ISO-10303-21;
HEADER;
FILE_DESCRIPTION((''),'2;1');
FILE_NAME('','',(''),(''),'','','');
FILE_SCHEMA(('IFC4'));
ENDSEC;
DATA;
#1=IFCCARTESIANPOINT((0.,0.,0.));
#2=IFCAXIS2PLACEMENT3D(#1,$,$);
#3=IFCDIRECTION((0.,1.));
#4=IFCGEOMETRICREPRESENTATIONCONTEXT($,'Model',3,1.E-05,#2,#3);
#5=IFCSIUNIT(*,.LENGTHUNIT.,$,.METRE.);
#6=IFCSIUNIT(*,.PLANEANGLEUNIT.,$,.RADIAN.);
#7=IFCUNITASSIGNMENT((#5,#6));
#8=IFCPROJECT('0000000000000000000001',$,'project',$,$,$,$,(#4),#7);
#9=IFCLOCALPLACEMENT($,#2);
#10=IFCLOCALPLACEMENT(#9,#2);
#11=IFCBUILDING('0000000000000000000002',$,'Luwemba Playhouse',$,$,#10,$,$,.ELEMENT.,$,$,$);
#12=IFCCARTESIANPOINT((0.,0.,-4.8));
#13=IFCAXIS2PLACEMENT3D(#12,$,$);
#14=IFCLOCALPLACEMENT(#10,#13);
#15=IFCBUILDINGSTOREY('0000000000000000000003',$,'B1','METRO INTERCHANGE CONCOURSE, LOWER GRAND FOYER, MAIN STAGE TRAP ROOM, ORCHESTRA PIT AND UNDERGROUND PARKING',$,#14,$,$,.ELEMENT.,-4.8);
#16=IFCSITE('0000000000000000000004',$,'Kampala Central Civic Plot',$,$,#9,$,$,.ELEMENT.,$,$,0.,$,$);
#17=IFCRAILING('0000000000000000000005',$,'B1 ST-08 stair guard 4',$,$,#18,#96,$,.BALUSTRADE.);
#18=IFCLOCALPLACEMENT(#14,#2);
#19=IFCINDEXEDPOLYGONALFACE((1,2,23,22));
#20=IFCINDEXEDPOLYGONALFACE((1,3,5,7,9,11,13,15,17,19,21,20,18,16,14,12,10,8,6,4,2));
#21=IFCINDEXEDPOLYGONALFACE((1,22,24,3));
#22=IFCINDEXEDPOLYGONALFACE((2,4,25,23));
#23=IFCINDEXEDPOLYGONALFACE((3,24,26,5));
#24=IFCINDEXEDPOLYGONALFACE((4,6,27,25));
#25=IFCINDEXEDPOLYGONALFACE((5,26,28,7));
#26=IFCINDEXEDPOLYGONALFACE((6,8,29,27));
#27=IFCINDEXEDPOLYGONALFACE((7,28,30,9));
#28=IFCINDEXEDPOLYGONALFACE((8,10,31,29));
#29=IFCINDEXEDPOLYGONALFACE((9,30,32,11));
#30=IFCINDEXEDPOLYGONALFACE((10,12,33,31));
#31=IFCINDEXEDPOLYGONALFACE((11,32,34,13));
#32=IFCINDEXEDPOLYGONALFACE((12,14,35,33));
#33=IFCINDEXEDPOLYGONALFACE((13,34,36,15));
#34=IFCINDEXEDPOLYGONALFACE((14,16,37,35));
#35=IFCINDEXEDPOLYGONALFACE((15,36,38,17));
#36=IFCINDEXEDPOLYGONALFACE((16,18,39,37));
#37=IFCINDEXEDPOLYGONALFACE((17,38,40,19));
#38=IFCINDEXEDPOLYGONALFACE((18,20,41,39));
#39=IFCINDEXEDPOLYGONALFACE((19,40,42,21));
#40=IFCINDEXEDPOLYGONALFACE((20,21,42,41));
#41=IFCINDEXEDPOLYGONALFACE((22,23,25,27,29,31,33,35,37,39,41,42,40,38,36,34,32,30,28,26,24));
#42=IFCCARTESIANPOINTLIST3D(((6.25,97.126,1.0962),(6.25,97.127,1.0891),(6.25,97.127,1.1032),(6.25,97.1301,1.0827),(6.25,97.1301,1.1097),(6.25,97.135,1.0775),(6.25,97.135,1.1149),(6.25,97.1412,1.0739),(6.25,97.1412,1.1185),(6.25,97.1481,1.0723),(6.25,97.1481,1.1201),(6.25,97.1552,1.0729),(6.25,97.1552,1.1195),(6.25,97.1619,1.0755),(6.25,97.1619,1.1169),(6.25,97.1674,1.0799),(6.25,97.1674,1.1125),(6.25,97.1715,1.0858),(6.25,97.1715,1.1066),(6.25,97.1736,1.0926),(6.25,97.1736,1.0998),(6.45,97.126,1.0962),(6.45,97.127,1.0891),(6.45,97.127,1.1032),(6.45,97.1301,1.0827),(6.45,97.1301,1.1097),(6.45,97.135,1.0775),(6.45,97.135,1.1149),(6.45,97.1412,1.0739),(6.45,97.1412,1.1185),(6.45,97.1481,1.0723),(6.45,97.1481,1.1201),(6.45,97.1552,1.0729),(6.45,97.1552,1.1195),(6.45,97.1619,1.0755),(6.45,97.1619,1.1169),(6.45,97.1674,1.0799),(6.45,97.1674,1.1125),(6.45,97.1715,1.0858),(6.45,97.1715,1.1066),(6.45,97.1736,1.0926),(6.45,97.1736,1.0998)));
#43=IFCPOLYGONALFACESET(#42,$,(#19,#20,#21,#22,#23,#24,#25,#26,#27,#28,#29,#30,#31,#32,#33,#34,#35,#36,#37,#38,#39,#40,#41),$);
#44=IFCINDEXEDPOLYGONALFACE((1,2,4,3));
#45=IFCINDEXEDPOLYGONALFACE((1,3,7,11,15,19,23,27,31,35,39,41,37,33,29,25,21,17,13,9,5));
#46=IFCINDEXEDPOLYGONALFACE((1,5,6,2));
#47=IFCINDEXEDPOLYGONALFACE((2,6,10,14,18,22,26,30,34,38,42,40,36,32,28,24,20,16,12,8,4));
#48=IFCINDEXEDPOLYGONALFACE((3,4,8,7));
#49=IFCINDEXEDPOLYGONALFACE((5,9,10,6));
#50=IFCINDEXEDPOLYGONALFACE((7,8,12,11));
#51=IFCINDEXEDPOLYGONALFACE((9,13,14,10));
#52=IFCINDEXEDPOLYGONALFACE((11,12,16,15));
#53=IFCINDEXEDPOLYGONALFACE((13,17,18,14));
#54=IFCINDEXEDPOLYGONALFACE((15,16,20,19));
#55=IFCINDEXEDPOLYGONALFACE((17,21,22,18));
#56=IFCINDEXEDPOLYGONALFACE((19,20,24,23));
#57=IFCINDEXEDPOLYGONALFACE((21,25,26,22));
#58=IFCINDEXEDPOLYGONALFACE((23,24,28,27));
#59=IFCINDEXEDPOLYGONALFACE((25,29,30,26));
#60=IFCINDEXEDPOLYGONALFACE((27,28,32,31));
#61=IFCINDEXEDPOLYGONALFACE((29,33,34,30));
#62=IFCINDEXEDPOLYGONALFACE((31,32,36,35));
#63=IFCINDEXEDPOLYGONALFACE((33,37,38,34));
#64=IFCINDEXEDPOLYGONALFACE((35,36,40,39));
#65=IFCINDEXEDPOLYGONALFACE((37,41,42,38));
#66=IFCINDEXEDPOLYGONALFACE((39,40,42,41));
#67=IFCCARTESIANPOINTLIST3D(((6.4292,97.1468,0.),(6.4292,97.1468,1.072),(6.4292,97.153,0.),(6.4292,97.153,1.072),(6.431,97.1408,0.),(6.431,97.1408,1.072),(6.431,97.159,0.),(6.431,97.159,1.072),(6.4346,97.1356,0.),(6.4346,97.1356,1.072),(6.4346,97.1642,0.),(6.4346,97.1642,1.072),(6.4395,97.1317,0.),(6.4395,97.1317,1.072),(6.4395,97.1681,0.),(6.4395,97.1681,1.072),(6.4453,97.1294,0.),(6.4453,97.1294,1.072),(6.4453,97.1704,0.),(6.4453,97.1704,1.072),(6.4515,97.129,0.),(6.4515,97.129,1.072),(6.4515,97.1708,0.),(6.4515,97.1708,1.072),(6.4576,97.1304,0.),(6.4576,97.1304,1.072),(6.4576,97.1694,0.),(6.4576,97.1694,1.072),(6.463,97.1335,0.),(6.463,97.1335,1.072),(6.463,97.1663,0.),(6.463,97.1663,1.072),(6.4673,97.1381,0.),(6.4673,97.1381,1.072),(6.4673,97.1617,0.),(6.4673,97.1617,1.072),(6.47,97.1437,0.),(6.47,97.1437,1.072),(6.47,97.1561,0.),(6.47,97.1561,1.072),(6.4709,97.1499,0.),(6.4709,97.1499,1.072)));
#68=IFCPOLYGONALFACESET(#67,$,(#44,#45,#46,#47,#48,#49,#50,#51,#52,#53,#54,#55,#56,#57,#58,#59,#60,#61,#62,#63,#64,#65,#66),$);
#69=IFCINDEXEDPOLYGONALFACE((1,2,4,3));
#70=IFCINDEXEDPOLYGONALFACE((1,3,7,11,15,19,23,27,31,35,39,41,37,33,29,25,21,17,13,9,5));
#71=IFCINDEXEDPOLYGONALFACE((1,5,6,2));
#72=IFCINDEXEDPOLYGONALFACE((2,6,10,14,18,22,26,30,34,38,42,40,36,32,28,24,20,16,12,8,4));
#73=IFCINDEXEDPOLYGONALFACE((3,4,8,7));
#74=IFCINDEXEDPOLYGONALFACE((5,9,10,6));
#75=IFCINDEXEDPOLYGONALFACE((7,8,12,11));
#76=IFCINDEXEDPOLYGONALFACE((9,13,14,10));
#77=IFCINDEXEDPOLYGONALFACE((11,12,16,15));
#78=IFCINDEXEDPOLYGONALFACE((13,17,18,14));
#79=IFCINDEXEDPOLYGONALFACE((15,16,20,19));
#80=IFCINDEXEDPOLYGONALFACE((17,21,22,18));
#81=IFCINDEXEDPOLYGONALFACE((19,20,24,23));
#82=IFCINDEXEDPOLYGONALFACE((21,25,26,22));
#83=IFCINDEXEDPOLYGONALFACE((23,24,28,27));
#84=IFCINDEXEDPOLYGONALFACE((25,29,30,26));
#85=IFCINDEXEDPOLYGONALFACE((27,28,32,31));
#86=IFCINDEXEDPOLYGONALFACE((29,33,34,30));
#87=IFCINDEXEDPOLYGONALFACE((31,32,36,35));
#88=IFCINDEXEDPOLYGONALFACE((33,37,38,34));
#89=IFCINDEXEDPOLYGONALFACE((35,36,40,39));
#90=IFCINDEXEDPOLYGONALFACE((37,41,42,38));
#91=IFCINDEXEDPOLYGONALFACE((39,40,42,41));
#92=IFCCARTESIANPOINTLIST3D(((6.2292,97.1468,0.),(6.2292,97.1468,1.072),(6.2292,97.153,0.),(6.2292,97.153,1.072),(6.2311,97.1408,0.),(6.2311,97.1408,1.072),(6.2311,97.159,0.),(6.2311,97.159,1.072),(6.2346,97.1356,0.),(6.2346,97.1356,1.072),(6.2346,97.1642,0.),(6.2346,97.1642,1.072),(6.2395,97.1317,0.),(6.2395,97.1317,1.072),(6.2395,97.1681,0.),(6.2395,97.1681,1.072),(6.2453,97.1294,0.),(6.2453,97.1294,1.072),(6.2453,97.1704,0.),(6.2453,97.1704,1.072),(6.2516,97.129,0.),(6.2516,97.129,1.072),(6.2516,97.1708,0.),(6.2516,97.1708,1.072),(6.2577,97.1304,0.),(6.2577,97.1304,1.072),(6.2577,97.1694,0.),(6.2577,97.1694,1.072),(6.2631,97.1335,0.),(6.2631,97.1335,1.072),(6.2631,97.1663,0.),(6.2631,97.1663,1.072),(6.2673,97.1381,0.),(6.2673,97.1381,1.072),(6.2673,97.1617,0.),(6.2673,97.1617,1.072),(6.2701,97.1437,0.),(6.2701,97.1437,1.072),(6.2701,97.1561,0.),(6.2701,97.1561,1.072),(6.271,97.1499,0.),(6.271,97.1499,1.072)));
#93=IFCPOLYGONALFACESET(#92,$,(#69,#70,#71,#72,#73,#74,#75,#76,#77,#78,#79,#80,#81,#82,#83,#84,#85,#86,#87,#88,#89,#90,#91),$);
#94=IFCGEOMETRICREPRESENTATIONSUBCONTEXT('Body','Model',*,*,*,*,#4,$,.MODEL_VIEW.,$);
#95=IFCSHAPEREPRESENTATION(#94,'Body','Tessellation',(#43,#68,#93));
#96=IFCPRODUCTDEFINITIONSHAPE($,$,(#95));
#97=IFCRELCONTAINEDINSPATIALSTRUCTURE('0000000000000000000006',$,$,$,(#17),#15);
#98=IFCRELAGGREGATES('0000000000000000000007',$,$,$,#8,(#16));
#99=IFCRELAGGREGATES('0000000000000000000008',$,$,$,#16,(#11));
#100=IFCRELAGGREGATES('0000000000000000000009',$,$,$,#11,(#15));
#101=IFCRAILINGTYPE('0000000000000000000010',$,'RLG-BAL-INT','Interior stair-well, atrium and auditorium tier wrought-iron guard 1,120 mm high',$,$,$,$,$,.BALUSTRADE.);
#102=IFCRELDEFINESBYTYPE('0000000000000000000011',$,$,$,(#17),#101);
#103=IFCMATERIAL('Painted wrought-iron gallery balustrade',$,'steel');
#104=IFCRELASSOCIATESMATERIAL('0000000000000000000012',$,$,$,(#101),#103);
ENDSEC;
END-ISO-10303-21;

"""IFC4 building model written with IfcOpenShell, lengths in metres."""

from ifc_helpers import new_model, si_unit, direction, frame, origin, origin_2d, place, context, subcontext, project, spatial, circle, extrude, material, type_object, element, save


model = new_model("IFC4")

# Units and contexts
model_context = context("Model", 3, precision=1e-05, world=origin(), true_north=direction((0.0, 1.0)))
body_context = subcontext(model_context, "Body", "Model", "MODEL_VIEW")
ifc_project = project(units=[si_unit("LENGTHUNIT", "METRE"), si_unit("PLANEANGLEUNIT", "RADIAN")], contexts=[model_context])

# Site, building, storey
site_placement = place(None, origin())
site = spatial("IfcSite", under=ifc_project, at=site_placement, Name="Kampala Central Civic Plot", CompositionType="ELEMENT", RefElevation=0.0)
building_placement = place(site_placement, origin())
building = spatial("IfcBuilding", under=site, at=building_placement, Name="Luwemba Playhouse", CompositionType="ELEMENT")
storey_placement = place(building_placement, frame((0.0, 0.0, -4.8)))
storey = spatial("IfcBuildingStorey", under=building, at=storey_placement, Name="B1", Description="METRO INTERCHANGE CONCOURSE, LOWER GRAND FOYER, MAIN STAGE TRAP ROOM, ORCHESTRA PIT AND UNDERGROUND PARKING", CompositionType="ELEMENT", Elevation=-4.8)

# Railing
ifc_material_1 = material(Name="Painted wrought-iron gallery balustrade", Category="steel")
railing_type_1 = type_object("IfcRailingType", Name="RLG-BAL-INT", Description="Interior stair-well, atrium and auditorium tier wrought-iron guard 1,120 mm high", PredefinedType="BALUSTRADE", material=ifc_material_1)
railing_1_placement = place(storey_placement, frame((6.45, 97.1499, 0.0)))
element("IfcRailing", 1, at=railing_1_placement, inside=storey, type_object=railing_type_1, Name="B1 ST-08 stair guard 4", PredefinedType="BALUSTRADE", context=body_context, shape_type="SweptSolid", body=[
    extrude(circle(Radius=0.0239, at=origin_2d()), frame((0.0, 0.0, 1.0962), z_axis=(-1.0, 0.0, 0.0), x_axis=(0.0, -1.0, 0.0)), (0.0, 0.0, 1.0), 0.2),
    extrude(circle(Radius=0.021, at=origin_2d()), origin(), (0.0, 0.0, 1.0), 1.072),
    extrude(circle(Radius=0.021, at=origin_2d()), frame((-0.2, 0.0, 0.0)), (0.0, 0.0, 1.0), 1.072),
])

save(model, "model.ifc")
